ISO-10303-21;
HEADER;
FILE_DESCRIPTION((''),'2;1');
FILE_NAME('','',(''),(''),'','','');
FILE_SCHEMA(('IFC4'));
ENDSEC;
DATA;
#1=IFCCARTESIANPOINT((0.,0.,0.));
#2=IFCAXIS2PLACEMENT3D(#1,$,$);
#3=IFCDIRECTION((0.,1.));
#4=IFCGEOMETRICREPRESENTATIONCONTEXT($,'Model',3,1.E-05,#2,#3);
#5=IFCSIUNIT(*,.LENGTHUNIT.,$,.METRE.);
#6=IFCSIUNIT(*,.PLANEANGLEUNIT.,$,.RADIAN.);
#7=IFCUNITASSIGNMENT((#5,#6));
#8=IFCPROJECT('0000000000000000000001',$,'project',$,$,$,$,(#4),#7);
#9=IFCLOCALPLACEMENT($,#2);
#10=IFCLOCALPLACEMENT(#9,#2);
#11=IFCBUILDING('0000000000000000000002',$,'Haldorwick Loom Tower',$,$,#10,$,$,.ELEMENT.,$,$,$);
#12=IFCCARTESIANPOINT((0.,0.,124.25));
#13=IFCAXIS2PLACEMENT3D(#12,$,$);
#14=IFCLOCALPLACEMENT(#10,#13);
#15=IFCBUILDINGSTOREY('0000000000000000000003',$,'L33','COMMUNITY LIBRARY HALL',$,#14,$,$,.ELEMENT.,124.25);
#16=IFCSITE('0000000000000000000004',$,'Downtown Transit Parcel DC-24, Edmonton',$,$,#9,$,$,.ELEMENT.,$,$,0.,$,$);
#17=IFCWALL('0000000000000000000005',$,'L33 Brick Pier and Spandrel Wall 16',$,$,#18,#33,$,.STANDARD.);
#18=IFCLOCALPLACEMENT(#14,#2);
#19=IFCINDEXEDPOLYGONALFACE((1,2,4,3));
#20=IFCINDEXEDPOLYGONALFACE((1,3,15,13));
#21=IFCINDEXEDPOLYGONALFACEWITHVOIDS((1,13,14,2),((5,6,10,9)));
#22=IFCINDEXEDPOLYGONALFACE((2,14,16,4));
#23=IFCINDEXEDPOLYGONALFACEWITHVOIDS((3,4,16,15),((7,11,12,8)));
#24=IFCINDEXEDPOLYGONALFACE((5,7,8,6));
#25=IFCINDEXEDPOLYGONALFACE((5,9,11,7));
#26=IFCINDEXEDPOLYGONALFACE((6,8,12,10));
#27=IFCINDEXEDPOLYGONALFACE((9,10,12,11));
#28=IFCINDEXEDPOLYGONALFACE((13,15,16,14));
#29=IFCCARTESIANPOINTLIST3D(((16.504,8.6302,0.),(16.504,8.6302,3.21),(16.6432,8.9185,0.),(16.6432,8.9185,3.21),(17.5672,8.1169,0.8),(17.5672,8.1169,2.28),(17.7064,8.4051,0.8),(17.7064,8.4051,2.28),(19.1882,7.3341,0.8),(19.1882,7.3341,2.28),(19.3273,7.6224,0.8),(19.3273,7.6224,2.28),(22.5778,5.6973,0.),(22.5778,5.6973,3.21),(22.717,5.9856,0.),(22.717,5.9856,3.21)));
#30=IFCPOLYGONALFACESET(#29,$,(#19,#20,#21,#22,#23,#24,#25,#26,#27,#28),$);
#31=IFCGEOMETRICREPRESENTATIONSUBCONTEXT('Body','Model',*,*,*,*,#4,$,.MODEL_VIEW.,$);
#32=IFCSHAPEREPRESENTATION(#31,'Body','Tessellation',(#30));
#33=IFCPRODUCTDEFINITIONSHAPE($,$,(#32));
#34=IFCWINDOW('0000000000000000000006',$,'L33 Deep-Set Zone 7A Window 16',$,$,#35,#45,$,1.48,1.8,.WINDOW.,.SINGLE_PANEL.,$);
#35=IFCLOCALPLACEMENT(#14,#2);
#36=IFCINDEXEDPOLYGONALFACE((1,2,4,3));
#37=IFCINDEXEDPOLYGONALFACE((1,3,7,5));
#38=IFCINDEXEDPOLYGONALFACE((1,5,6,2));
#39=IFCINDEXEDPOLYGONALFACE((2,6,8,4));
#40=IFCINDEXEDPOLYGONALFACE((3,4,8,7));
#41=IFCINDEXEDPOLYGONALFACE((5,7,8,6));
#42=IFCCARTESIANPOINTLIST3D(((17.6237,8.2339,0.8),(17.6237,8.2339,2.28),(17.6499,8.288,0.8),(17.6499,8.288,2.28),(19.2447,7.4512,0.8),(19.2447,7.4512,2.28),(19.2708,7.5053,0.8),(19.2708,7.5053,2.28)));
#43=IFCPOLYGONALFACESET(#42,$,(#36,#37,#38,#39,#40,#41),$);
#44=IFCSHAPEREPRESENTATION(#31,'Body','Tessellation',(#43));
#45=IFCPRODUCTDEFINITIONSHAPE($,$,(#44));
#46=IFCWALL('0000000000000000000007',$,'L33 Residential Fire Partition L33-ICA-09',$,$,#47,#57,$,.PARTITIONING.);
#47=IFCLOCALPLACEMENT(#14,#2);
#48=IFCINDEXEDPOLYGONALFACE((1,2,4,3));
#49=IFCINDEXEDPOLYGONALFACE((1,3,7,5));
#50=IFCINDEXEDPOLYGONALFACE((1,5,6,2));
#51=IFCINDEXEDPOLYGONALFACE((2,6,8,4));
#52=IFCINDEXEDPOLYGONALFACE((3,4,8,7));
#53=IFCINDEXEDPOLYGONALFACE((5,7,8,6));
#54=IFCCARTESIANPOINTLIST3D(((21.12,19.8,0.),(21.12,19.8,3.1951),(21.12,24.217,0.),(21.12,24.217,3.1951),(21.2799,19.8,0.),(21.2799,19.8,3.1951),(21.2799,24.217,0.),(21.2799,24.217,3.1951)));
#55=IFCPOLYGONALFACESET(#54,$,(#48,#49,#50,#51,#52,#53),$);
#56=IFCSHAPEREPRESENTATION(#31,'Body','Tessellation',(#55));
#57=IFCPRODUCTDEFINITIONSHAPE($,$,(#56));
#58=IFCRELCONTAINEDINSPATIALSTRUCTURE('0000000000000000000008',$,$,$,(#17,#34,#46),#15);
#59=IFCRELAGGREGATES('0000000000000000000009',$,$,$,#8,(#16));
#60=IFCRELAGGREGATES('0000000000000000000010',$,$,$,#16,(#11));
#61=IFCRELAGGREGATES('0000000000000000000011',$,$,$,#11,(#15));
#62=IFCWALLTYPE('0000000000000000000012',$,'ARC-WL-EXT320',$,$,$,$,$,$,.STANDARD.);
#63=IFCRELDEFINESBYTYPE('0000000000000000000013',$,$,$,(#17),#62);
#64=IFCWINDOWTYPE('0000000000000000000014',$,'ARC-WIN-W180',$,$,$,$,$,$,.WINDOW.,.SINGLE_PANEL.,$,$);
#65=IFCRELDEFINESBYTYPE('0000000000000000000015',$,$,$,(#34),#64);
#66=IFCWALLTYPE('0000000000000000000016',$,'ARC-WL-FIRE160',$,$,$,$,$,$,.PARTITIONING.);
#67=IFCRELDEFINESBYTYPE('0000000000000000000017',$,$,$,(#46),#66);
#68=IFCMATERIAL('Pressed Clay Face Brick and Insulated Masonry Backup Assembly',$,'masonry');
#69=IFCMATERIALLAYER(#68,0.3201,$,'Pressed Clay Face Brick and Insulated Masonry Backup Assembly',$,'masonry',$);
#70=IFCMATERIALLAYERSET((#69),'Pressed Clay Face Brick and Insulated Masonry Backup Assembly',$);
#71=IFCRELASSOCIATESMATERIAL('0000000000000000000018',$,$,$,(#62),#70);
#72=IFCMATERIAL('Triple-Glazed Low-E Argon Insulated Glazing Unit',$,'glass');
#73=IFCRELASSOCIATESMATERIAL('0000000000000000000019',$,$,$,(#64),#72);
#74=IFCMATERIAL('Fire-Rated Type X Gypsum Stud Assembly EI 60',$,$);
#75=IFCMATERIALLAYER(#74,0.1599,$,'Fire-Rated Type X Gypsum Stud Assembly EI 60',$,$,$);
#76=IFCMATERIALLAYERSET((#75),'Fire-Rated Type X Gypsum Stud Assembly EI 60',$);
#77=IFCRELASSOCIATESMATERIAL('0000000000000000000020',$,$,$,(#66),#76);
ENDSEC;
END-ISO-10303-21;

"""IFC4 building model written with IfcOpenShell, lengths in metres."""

from ifc_helpers import new_model, si_unit, direction, frame, frame_2d, origin, place, context, subcontext, project, spatial, rectangle, extrude, material, layer, layer_set, type_object, element, fill, save


model = new_model("IFC4")

# Units and contexts
model_context = context("Model", 3, precision=1e-05, world=origin(), true_north=direction((0.0, 1.0)))
body_context = subcontext(model_context, "Body", "Model", "MODEL_VIEW")
ifc_project = project(units=[si_unit("LENGTHUNIT", "METRE"), si_unit("PLANEANGLEUNIT", "RADIAN")], contexts=[model_context])

# Site, building, storey
site_placement = place(None, origin())
site = spatial("IfcSite", under=ifc_project, at=site_placement, Name="Downtown Transit Parcel DC-24, Edmonton", CompositionType="ELEMENT", RefElevation=0.0)
building_placement = place(site_placement, origin())
building = spatial("IfcBuilding", under=site, at=building_placement, Name="Haldorwick Loom Tower", CompositionType="ELEMENT")
storey_placement = place(building_placement, frame((0.0, 0.0, 124.25)))
storey = spatial("IfcBuildingStorey", under=building, at=storey_placement, Name="L33", Description="COMMUNITY LIBRARY HALL", CompositionType="ELEMENT", Elevation=124.25)

# Shared definitions
ifc_material_1 = material(Name="Pressed Clay Face Brick and Insulated Masonry Backup Assembly", Category="masonry")
ifc_layer_1 = layer(ifc_material_1, 0.3201, Name="Pressed Clay Face Brick and Insulated Masonry Backup Assembly", Category="masonry")
ifc_layer_set_1 = layer_set([ifc_layer_1], Name="Pressed Clay Face Brick and Insulated Masonry Backup Assembly")
wall_type_1 = type_object("IfcWallType", Name="ARC-WL-EXT320", PredefinedType="STANDARD", material=ifc_layer_set_1)

# Wall, opening, window
wall_1_placement = place(storey_placement, frame((16.5735, 8.7744, 0.0), z_axis=(0.0, 0.0, 1.0), x_axis=(0.90051, -0.434835, 0.0)))
wall_1 = element("IfcWall", 1, at=wall_1_placement, inside=storey, type_object=wall_type_1, Name="L33 Brick Pier and Spandrel Wall 16", PredefinedType="STANDARD", context=body_context, shape_type="SweptSolid", body=[
    extrude(rectangle(XDim=6.7449, YDim=0.3201, at=frame_2d((3.3726, 0.0))), origin(), (0.0, 0.0, 1.0), 3.21),
])
opening_1_placement = place(wall_1_placement, frame((1.1809, 0.0, 0.8)))
opening_1 = element("IfcOpeningElement", 2, at=opening_1_placement, cuts=wall_1, PredefinedType="OPENING", context=body_context, shape_type="SweptSolid", body=[
    extrude(rectangle(XDim=1.8, YDim=1.48, at=frame_2d((0.8999, 0.74))), frame((0.0, 0.1699, 0.0), z_axis=(0.0, -1.0, 0.0), x_axis=(1.0, 0.0, 0.0)), (0.0, 0.0, 1.0), 0.3401),
])
ifc_material_2 = material(Name="Triple-Glazed Low-E Argon Insulated Glazing Unit", Category="glass")
window_type = type_object("IfcWindowType", Name="ARC-WIN-W180", PartitioningType="SINGLE_PANEL", PredefinedType="WINDOW", material=ifc_material_2)
window_placement = place(opening_1_placement, origin())
window = element("IfcWindow", 3, at=window_placement, inside=storey, type_object=window_type, Name="L33 Deep-Set Zone 7A Window 16", OverallHeight=1.48, OverallWidth=1.8, PartitioningType="SINGLE_PANEL", PredefinedType="WINDOW", context=body_context, shape_type="SweptSolid", body=[
    extrude(rectangle(XDim=1.8, YDim=1.48, at=frame_2d((0.8999, 0.74))), frame((0.0, 0.03, 0.0), z_axis=(0.0, -1.0, 0.0), x_axis=(1.0, 0.0, 0.0)), (0.0, 0.0, 1.0), 0.0601),
])
fill(opening_1, window)

# Wall
ifc_material_3 = material(Name="Fire-Rated Type X Gypsum Stud Assembly EI 60")
ifc_layer_2 = layer(ifc_material_3, 0.1599, Name="Fire-Rated Type X Gypsum Stud Assembly EI 60")
ifc_layer_set_2 = layer_set([ifc_layer_2], Name="Fire-Rated Type X Gypsum Stud Assembly EI 60")
wall_type_2 = type_object("IfcWallType", Name="ARC-WL-FIRE160", PredefinedType="PARTITIONING", material=ifc_layer_set_2)
wall_2_placement = place(storey_placement, frame((21.2, 24.217, 0.0), z_axis=(0.0, 0.0, 1.0), x_axis=(0.0, -1.0, 0.0)))
element("IfcWall", 4, at=wall_2_placement, inside=storey, type_object=wall_type_2, Name="L33 Residential Fire Partition L33-ICA-09", PredefinedType="PARTITIONING", context=body_context, shape_type="SweptSolid", body=[
    extrude(rectangle(XDim=4.417, YDim=0.1599, at=frame_2d((2.2085, 0.0))), origin(), (0.0, 0.0, 1.0), 3.1951),
])

save(model, "model.ifc")
